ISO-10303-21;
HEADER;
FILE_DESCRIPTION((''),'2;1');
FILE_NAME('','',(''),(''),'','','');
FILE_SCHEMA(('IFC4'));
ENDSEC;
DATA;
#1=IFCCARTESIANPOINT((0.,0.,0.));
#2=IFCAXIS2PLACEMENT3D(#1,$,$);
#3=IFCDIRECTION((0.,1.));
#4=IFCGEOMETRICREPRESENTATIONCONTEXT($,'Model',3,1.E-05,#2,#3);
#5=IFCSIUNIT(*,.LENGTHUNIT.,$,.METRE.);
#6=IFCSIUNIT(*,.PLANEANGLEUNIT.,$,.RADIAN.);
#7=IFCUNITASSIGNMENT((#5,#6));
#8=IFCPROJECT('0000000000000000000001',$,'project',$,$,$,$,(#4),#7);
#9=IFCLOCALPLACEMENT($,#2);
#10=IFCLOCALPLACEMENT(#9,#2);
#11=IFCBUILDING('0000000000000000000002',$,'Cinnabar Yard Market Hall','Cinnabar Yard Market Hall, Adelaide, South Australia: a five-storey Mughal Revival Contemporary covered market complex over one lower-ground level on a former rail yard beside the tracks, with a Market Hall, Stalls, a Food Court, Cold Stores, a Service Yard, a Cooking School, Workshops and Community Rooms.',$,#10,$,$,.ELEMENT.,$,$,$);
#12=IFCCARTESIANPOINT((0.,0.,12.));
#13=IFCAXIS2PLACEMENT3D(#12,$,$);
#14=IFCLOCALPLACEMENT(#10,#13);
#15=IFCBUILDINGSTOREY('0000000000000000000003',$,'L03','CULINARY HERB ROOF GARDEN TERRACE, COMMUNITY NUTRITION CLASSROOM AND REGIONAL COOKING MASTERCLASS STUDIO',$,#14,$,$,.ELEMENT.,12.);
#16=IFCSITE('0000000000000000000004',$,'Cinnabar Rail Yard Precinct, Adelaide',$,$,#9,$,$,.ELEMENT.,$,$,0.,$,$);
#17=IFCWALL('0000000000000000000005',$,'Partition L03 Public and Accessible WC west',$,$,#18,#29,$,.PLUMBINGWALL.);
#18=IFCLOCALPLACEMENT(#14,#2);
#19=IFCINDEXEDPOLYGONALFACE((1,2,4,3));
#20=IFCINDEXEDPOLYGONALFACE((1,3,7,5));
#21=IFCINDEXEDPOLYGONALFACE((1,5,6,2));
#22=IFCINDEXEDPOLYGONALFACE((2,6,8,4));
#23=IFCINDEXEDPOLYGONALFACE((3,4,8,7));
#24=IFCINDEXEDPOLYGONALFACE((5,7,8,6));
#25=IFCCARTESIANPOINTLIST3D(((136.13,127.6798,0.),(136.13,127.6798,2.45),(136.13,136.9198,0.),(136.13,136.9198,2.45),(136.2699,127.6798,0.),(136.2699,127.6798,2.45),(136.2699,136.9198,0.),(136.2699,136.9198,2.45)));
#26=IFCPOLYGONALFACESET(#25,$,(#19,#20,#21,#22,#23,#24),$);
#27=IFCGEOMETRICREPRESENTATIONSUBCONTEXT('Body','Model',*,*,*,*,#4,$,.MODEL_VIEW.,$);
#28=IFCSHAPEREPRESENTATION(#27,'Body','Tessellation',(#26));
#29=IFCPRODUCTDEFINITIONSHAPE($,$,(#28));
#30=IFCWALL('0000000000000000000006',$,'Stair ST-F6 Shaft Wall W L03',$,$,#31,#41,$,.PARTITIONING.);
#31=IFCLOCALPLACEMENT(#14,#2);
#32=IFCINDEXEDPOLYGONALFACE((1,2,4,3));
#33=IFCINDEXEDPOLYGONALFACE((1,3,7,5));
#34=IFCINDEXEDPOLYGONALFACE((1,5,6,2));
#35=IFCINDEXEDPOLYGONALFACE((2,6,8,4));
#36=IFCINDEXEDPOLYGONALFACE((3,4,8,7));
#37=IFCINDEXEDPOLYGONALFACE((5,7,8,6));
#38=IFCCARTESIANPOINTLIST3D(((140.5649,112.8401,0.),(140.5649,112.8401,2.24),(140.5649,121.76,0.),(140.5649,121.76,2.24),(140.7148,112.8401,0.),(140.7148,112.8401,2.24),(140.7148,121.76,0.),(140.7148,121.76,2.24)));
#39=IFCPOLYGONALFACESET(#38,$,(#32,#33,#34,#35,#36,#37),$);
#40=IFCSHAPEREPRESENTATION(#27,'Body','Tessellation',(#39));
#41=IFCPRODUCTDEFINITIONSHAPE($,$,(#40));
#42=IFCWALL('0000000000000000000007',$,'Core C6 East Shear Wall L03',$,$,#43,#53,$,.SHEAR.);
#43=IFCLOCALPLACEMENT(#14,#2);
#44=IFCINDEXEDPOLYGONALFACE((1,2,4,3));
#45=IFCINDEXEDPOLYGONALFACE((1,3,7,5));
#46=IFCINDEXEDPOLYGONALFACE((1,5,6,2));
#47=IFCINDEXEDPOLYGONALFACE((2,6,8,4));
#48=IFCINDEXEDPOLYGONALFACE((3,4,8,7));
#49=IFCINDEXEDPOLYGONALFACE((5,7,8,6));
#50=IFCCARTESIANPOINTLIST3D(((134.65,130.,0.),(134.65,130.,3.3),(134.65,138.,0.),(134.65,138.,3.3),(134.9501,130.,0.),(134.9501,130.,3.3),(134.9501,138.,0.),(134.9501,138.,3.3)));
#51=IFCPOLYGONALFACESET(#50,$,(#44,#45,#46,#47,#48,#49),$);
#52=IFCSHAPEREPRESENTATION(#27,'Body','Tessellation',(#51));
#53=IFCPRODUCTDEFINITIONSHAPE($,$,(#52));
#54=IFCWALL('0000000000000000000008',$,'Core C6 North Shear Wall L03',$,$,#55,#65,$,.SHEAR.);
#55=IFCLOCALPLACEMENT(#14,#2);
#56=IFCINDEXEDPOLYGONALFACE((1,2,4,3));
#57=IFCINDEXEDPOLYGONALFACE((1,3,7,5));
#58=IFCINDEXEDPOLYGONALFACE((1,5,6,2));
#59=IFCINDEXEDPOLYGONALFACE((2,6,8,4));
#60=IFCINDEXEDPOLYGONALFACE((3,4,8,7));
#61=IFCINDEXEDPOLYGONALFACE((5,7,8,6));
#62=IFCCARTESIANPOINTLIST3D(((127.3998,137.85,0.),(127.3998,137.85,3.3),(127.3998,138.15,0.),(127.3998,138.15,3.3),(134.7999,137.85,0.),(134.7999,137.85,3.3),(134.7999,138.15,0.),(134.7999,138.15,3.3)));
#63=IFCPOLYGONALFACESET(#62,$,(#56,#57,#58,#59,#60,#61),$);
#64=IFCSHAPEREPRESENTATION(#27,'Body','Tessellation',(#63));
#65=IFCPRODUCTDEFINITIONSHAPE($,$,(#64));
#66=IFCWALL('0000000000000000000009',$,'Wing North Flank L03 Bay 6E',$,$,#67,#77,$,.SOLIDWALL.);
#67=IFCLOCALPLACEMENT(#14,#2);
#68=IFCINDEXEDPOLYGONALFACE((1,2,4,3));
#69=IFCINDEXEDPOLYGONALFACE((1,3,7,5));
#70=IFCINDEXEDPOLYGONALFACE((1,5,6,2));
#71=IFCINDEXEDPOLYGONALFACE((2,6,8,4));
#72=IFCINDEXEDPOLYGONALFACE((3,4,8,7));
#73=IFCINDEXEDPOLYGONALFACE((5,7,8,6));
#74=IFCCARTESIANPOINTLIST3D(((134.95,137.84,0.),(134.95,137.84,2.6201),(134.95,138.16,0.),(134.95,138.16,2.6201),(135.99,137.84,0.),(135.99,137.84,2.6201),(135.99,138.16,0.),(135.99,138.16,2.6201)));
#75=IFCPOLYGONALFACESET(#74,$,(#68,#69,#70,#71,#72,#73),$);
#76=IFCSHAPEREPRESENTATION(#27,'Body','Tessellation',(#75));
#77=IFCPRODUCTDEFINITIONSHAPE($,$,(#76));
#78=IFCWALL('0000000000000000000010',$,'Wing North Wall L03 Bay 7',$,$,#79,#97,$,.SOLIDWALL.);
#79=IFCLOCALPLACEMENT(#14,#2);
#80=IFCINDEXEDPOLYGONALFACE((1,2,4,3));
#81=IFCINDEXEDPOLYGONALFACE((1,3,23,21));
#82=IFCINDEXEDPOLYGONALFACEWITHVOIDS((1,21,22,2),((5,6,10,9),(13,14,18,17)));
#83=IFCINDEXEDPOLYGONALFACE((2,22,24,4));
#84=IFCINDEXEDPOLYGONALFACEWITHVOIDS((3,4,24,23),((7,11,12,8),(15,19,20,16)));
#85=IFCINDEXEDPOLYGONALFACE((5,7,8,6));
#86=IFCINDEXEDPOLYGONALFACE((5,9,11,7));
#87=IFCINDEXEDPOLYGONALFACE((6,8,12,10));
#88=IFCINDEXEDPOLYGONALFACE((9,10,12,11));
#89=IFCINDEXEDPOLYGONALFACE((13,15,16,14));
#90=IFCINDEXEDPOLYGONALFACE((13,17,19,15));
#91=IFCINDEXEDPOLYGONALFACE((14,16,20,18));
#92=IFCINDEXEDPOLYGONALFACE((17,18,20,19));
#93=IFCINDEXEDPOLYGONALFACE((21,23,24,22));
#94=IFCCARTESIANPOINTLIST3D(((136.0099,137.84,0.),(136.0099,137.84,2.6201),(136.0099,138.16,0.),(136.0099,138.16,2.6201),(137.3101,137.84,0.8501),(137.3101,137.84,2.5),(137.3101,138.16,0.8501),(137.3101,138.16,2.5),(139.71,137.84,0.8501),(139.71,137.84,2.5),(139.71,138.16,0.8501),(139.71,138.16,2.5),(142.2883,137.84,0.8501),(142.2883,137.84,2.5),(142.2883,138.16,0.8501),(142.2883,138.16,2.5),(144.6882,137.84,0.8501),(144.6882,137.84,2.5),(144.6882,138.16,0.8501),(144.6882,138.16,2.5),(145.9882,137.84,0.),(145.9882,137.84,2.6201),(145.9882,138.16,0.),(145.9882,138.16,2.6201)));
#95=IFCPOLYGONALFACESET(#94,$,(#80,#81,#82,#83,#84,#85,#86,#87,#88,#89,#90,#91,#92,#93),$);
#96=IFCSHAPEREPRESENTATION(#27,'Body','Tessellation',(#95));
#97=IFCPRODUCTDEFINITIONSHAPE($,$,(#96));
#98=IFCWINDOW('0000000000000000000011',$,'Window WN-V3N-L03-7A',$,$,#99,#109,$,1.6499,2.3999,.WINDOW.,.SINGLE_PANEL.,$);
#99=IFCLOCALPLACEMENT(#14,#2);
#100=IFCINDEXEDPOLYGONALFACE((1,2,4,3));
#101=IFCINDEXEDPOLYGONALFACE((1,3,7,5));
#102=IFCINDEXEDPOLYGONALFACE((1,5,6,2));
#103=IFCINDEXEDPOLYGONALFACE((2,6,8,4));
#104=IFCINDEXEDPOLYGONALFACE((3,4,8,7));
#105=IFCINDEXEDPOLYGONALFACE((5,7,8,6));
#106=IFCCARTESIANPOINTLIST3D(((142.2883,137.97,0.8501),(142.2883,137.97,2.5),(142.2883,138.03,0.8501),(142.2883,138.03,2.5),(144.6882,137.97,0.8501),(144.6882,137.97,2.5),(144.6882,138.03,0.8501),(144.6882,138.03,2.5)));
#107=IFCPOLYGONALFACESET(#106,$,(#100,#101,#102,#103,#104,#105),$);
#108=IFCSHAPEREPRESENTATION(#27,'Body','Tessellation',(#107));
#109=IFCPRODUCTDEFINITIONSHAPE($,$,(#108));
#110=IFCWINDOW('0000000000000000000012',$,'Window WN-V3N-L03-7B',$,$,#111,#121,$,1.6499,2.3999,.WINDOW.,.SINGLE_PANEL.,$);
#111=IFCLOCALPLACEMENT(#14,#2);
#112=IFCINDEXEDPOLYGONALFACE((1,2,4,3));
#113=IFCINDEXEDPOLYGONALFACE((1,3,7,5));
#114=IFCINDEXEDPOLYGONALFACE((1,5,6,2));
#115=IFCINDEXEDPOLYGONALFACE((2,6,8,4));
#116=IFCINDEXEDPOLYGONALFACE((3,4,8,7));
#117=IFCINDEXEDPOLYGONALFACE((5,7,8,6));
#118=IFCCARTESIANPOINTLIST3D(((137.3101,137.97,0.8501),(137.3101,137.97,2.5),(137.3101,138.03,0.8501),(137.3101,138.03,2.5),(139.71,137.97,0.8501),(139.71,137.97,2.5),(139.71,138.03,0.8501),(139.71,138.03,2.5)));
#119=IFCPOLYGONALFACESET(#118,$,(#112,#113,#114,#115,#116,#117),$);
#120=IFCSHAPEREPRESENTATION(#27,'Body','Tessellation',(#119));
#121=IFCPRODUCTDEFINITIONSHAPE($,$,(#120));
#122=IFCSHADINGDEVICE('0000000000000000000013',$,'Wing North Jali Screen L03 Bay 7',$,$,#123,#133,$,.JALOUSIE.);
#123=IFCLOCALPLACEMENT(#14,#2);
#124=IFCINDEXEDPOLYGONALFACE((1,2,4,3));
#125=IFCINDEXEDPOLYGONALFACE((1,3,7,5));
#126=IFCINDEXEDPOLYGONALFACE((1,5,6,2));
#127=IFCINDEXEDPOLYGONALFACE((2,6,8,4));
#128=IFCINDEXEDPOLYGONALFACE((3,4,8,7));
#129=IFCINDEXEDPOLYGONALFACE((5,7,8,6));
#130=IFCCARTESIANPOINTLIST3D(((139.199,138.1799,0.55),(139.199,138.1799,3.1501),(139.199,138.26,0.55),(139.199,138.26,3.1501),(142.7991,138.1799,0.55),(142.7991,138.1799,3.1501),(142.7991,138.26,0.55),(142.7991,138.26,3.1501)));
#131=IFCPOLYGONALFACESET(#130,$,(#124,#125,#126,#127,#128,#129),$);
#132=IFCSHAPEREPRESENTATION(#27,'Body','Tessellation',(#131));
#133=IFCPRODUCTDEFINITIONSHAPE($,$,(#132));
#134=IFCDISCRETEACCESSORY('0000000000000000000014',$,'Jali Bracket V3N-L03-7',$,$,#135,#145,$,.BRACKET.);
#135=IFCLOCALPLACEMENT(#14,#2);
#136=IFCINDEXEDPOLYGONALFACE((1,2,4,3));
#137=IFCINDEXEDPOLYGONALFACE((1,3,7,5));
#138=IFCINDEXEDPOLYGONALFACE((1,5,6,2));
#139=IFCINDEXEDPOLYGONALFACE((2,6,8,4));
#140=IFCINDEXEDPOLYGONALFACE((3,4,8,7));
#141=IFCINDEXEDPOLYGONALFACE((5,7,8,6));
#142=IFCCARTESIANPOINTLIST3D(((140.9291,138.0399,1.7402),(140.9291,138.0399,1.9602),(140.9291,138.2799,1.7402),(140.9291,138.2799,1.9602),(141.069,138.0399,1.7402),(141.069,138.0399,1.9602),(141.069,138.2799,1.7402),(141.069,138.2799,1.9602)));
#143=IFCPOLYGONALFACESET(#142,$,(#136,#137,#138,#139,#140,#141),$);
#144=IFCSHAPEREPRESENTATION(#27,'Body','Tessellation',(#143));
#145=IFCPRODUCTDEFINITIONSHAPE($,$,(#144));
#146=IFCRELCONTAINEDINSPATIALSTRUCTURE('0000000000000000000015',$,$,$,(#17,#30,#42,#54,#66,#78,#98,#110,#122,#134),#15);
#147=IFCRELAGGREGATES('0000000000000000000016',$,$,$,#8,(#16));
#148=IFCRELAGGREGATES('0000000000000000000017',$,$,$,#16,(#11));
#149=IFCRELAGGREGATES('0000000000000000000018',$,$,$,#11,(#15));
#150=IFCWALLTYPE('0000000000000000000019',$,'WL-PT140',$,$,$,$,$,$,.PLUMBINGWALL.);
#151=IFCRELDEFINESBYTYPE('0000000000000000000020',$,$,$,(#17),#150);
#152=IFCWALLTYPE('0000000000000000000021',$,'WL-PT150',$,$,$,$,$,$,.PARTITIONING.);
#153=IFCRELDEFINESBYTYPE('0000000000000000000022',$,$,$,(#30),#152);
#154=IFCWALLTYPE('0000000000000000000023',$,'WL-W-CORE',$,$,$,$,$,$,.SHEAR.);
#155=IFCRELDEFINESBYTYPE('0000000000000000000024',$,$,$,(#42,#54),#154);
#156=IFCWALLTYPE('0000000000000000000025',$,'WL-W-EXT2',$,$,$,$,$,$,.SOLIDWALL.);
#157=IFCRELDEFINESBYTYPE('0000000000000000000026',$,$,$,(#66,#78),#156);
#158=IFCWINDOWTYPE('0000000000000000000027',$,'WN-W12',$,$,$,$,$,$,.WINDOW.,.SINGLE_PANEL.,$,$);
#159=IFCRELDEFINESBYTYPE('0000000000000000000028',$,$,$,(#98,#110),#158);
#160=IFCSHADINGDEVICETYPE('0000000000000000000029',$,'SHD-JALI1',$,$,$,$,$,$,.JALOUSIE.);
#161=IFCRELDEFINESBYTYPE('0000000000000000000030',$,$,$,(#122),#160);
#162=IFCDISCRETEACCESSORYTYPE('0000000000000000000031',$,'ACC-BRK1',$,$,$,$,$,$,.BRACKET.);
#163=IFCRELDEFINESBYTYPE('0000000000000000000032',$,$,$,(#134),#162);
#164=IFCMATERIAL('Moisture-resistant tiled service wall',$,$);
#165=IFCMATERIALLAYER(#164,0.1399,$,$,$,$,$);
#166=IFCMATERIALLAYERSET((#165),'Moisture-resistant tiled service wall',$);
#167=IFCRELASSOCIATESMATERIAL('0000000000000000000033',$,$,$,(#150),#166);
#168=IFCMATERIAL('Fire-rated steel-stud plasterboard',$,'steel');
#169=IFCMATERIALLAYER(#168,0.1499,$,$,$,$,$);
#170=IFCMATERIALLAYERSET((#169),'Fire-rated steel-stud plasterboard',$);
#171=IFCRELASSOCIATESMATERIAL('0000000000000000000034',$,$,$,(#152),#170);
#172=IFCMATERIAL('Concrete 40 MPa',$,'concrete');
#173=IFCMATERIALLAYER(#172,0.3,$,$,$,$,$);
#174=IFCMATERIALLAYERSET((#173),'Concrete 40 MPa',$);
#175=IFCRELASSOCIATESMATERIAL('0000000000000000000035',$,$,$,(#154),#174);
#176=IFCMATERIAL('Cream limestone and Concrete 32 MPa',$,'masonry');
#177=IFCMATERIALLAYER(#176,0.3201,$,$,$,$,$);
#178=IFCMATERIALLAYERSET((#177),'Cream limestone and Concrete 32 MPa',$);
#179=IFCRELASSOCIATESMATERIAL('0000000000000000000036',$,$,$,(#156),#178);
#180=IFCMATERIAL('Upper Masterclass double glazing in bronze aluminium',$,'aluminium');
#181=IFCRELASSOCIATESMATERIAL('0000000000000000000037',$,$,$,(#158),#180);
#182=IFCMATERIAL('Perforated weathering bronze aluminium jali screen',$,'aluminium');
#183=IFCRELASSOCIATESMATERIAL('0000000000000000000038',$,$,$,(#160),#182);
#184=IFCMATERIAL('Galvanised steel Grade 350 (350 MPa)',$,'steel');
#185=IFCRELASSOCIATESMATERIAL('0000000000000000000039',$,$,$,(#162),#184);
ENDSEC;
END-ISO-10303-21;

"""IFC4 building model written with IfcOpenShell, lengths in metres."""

from ifc_helpers import new_model, si_unit, direction, frame, frame_2d, origin, origin_2d_with_axis, place, context, subcontext, project, spatial, rectangle, extrude, material, layer, layer_set, type_object, element, fill, save


model = new_model("IFC4")

# Units and contexts
model_context = context("Model", 3, precision=1e-05, world=origin(), true_north=direction((0.0, 1.0)))
body_context = subcontext(model_context, "Body", "Model", "MODEL_VIEW")
ifc_project = project(units=[si_unit("LENGTHUNIT", "METRE"), si_unit("PLANEANGLEUNIT", "RADIAN")], contexts=[model_context])

# Site, building, storey
site_placement = place(None, origin())
site = spatial("IfcSite", under=ifc_project, at=site_placement, Name="Cinnabar Rail Yard Precinct, Adelaide", CompositionType="ELEMENT", RefElevation=0.0)
building_placement = place(site_placement, origin())
building = spatial("IfcBuilding", under=site, at=building_placement, Name="Cinnabar Yard Market Hall", Description="Cinnabar Yard Market Hall, Adelaide, South Australia: a five-storey Mughal Revival Contemporary covered market complex over one lower-ground level on a former rail yard beside the tracks, with a Market Hall, Stalls, a Food Court, Cold Stores, a Service Yard, a Cooking School, Workshops and Community Rooms.", CompositionType="ELEMENT")
storey_placement = place(building_placement, frame((0.0, 0.0, 12.0)))
storey = spatial("IfcBuildingStorey", under=building, at=storey_placement, Name="L03", Description="CULINARY HERB ROOF GARDEN TERRACE, COMMUNITY NUTRITION CLASSROOM AND REGIONAL COOKING MASTERCLASS STUDIO", CompositionType="ELEMENT", Elevation=12.0)

# Shared definitions
ifc_material_1 = material(Name="Concrete 40 MPa", Category="concrete")

# Shared definitions
ifc_material_2 = material(Name="Moisture-resistant tiled service wall")
ifc_layer_1 = layer(ifc_material_2, 0.1399)
ifc_layer_set_1 = layer_set([ifc_layer_1], Name="Moisture-resistant tiled service wall")
wall_type_1 = type_object("IfcWallType", Name="WL-PT140", PredefinedType="PLUMBINGWALL", material=ifc_layer_set_1)

# Walls
wall_1_placement = place(storey_placement, frame((136.2, 136.9199, 0.0), z_axis=(0.0, 0.0, 1.0), x_axis=(0.0, -1.0, 0.0)))
element("IfcWall", 1, at=wall_1_placement, inside=storey, type_object=wall_type_1, Name="Partition L03 Public and Accessible WC west", PredefinedType="PLUMBINGWALL", context=body_context, shape_type="SweptSolid", body=[
    extrude(rectangle(XDim=9.24, YDim=0.1399, at=frame_2d((4.6201, 0.0), x_axis=(1.0, 0.0))), origin(), (0.0, 0.0, 1.0), 2.45),
])
ifc_material_3 = material(Name="Fire-rated steel-stud plasterboard", Category="steel")
ifc_layer_2 = layer(ifc_material_3, 0.1499)
ifc_layer_set_2 = layer_set([ifc_layer_2], Name="Fire-rated steel-stud plasterboard")
wall_type_2 = type_object("IfcWallType", Name="WL-PT150", PredefinedType="PARTITIONING", material=ifc_layer_set_2)
wall_2_placement = place(storey_placement, frame((140.6399, 121.76, 0.0), z_axis=(0.0, 0.0, 1.0), x_axis=(0.0, -1.0, 0.0)))
element("IfcWall", 2, at=wall_2_placement, inside=storey, type_object=wall_type_2, Name="Stair ST-F6 Shaft Wall W L03", PredefinedType="PARTITIONING", context=body_context, shape_type="SweptSolid", body=[
    extrude(rectangle(XDim=8.9199, YDim=0.1499, at=frame_2d((4.46, 0.0), x_axis=(1.0, 0.0))), origin(), (0.0, 0.0, 1.0), 2.24),
])

# Walls
ifc_layer_3 = layer(ifc_material_1, 0.3)
ifc_layer_set_3 = layer_set([ifc_layer_3], Name="Concrete 40 MPa")
wall_type_3 = type_object("IfcWallType", Name="WL-W-CORE", PredefinedType="SHEAR", material=ifc_layer_set_3)
wall_3_placement = place(storey_placement, frame((134.8, 130.0, 0.0), z_axis=(0.0, 0.0, 1.0), x_axis=(0.0, 1.0, 0.0)))
element("IfcWall", 3, at=wall_3_placement, inside=storey, type_object=wall_type_3, Name="Core C6 East Shear Wall L03", PredefinedType="SHEAR", context=body_context, shape_type="SweptSolid", body=[
    extrude(rectangle(XDim=8.0, YDim=0.3, at=frame_2d((4.0, 0.0), x_axis=(1.0, 0.0))), origin(), (0.0, 0.0, 1.0), 3.3),
])
wall_4_placement = place(storey_placement, frame((134.8, 138.0, 0.0), z_axis=(0.0, 0.0, 1.0), x_axis=(-1.0, 0.0, 0.0)))
element("IfcWall", 4, at=wall_4_placement, inside=storey, type_object=wall_type_3, Name="Core C6 North Shear Wall L03", PredefinedType="SHEAR", context=body_context, shape_type="SweptSolid", body=[
    extrude(rectangle(XDim=7.4001, YDim=0.3, at=frame_2d((3.7002, 0.0), x_axis=(1.0, 0.0))), origin(), (0.0, 0.0, 1.0), 3.3),
])
ifc_material_4 = material(Name="Cream limestone and Concrete 32 MPa", Category="masonry")
ifc_layer_4 = layer(ifc_material_4, 0.3201)
ifc_layer_set_4 = layer_set([ifc_layer_4], Name="Cream limestone and Concrete 32 MPa")
wall_type_4 = type_object("IfcWallType", Name="WL-W-EXT2", PredefinedType="SOLIDWALL", material=ifc_layer_set_4)
wall_5_placement = place(storey_placement, frame((135.99, 138.0, 0.0), z_axis=(0.0, 0.0, 1.0), x_axis=(-1.0, 0.0, 0.0)))
element("IfcWall", 5, at=wall_5_placement, inside=storey, type_object=wall_type_4, Name="Wing North Flank L03 Bay 6E", PredefinedType="SOLIDWALL", context=body_context, shape_type="SweptSolid", body=[
    extrude(rectangle(XDim=1.04, YDim=0.3201, at=frame_2d((0.52, 0.0), x_axis=(1.0, 0.0))), origin(), (0.0, 0.0, 1.0), 2.6201),
])

# Wall, openings, windows
wall_6_placement = place(storey_placement, frame((145.9883, 138.0, 0.0), z_axis=(0.0, 0.0, 1.0), x_axis=(-1.0, 0.0, 0.0)))
wall_6 = element("IfcWall", 6, at=wall_6_placement, inside=storey, type_object=wall_type_4, Name="Wing North Wall L03 Bay 7", PredefinedType="SOLIDWALL", context=body_context, shape_type="SweptSolid", body=[
    extrude(rectangle(XDim=9.9783, YDim=0.3201, at=frame_2d((4.9893, 0.0), x_axis=(1.0, 0.0))), origin(), (0.0, 0.0, 1.0), 2.6201),
])
opening_1_placement = place(wall_6_placement, frame((1.3, 0.0, 0.8501)))
opening_1 = element("IfcOpeningElement", 7, at=opening_1_placement, cuts=wall_6, PredefinedType="OPENING", context=body_context, shape_type="SweptSolid", body=[
    extrude(rectangle(XDim=2.3999, YDim=1.6499, at=frame_2d((1.2, 0.825), x_axis=(1.0, 0.0))), frame((0.0, 0.1699, 0.0), z_axis=(0.0, -1.0, 0.0), x_axis=(1.0, 0.0, 0.0)), (0.0, 0.0, 1.0), 0.3401),
])
opening_2_placement = place(wall_6_placement, frame((6.2783, 0.0, 0.8501)))
opening_2 = element("IfcOpeningElement", 8, at=opening_2_placement, cuts=wall_6, PredefinedType="OPENING", context=body_context, shape_type="SweptSolid", body=[
    extrude(rectangle(XDim=2.3999, YDim=1.6499, at=frame_2d((1.2, 0.825), x_axis=(1.0, 0.0))), frame((0.0, 0.1699, 0.0), z_axis=(0.0, -1.0, 0.0), x_axis=(1.0, 0.0, 0.0)), (0.0, 0.0, 1.0), 0.3401),
])
ifc_material_5 = material(Name="Upper Masterclass double glazing in bronze aluminium", Category="aluminium")
window_type = type_object("IfcWindowType", Name="WN-W12", PartitioningType="SINGLE_PANEL", PredefinedType="WINDOW", material=ifc_material_5)
window_1_placement = place(opening_1_placement, origin())
window_1 = element("IfcWindow", 9, at=window_1_placement, inside=storey, type_object=window_type, Name="Window WN-V3N-L03-7A", OverallHeight=1.6499, OverallWidth=2.3999, PartitioningType="SINGLE_PANEL", PredefinedType="WINDOW", context=body_context, shape_type="SweptSolid", body=[
    extrude(rectangle(XDim=2.3999, YDim=1.6499, at=frame_2d((1.2, 0.825), x_axis=(1.0, 0.0))), frame((0.0, 0.03, 0.0), z_axis=(0.0, -1.0, 0.0), x_axis=(1.0, 0.0, 0.0)), (0.0, 0.0, 1.0), 0.0601),
])
fill(opening_1, window_1)
window_2_placement = place(opening_2_placement, origin())
window_2 = element("IfcWindow", 10, at=window_2_placement, inside=storey, type_object=window_type, Name="Window WN-V3N-L03-7B", OverallHeight=1.6499, OverallWidth=2.3999, PartitioningType="SINGLE_PANEL", PredefinedType="WINDOW", context=body_context, shape_type="SweptSolid", body=[
    extrude(rectangle(XDim=2.3999, YDim=1.6499, at=frame_2d((1.2, 0.825), x_axis=(1.0, 0.0))), frame((0.0, 0.03, 0.0), z_axis=(0.0, -1.0, 0.0), x_axis=(1.0, 0.0, 0.0)), (0.0, 0.0, 1.0), 0.0601),
])
fill(opening_2, window_2)

# Shading device
ifc_material_6 = material(Name="Perforated weathering bronze aluminium jali screen", Category="aluminium")
shading_device_type = type_object("IfcShadingDeviceType", Name="SHD-JALI1", PredefinedType="JALOUSIE", material=ifc_material_6)
shading_device_placement = place(storey_placement, frame((140.999, 138.22, 0.55), z_axis=(0.0, 0.0, 1.0), x_axis=(1.0, 0.0, 0.0)))
element("IfcShadingDevice", 11, at=shading_device_placement, inside=storey, type_object=shading_device_type, Name="Wing North Jali Screen L03 Bay 7", PredefinedType="JALOUSIE", context=body_context, shape_type="SweptSolid", body=[
    extrude(rectangle(XDim=3.6001, YDim=0.0801, at=origin_2d_with_axis()), origin(), (0.0, 0.0, 1.0), 2.6001),
])

# Discrete accessory
ifc_material_7 = material(Name="Galvanised steel Grade 350 (350 MPa)", Category="steel")
discrete_accessory_type = type_object("IfcDiscreteAccessoryType", Name="ACC-BRK1", PredefinedType="BRACKET", material=ifc_material_7)
discrete_accessory_placement = place(storey_placement, frame((140.999, 138.1599, 1.7402), z_axis=(0.0, 0.0, 1.0), x_axis=(1.0, 0.0, 0.0)))
element("IfcDiscreteAccessory", 12, at=discrete_accessory_placement, inside=storey, type_object=discrete_accessory_type, Name="Jali Bracket V3N-L03-7", PredefinedType="BRACKET", context=body_context, shape_type="SweptSolid", body=[
    extrude(rectangle(XDim=0.1399, YDim=0.24, at=origin_2d_with_axis()), origin(), (0.0, 0.0, 1.0), 0.22),
])

save(model, "model.ifc")
